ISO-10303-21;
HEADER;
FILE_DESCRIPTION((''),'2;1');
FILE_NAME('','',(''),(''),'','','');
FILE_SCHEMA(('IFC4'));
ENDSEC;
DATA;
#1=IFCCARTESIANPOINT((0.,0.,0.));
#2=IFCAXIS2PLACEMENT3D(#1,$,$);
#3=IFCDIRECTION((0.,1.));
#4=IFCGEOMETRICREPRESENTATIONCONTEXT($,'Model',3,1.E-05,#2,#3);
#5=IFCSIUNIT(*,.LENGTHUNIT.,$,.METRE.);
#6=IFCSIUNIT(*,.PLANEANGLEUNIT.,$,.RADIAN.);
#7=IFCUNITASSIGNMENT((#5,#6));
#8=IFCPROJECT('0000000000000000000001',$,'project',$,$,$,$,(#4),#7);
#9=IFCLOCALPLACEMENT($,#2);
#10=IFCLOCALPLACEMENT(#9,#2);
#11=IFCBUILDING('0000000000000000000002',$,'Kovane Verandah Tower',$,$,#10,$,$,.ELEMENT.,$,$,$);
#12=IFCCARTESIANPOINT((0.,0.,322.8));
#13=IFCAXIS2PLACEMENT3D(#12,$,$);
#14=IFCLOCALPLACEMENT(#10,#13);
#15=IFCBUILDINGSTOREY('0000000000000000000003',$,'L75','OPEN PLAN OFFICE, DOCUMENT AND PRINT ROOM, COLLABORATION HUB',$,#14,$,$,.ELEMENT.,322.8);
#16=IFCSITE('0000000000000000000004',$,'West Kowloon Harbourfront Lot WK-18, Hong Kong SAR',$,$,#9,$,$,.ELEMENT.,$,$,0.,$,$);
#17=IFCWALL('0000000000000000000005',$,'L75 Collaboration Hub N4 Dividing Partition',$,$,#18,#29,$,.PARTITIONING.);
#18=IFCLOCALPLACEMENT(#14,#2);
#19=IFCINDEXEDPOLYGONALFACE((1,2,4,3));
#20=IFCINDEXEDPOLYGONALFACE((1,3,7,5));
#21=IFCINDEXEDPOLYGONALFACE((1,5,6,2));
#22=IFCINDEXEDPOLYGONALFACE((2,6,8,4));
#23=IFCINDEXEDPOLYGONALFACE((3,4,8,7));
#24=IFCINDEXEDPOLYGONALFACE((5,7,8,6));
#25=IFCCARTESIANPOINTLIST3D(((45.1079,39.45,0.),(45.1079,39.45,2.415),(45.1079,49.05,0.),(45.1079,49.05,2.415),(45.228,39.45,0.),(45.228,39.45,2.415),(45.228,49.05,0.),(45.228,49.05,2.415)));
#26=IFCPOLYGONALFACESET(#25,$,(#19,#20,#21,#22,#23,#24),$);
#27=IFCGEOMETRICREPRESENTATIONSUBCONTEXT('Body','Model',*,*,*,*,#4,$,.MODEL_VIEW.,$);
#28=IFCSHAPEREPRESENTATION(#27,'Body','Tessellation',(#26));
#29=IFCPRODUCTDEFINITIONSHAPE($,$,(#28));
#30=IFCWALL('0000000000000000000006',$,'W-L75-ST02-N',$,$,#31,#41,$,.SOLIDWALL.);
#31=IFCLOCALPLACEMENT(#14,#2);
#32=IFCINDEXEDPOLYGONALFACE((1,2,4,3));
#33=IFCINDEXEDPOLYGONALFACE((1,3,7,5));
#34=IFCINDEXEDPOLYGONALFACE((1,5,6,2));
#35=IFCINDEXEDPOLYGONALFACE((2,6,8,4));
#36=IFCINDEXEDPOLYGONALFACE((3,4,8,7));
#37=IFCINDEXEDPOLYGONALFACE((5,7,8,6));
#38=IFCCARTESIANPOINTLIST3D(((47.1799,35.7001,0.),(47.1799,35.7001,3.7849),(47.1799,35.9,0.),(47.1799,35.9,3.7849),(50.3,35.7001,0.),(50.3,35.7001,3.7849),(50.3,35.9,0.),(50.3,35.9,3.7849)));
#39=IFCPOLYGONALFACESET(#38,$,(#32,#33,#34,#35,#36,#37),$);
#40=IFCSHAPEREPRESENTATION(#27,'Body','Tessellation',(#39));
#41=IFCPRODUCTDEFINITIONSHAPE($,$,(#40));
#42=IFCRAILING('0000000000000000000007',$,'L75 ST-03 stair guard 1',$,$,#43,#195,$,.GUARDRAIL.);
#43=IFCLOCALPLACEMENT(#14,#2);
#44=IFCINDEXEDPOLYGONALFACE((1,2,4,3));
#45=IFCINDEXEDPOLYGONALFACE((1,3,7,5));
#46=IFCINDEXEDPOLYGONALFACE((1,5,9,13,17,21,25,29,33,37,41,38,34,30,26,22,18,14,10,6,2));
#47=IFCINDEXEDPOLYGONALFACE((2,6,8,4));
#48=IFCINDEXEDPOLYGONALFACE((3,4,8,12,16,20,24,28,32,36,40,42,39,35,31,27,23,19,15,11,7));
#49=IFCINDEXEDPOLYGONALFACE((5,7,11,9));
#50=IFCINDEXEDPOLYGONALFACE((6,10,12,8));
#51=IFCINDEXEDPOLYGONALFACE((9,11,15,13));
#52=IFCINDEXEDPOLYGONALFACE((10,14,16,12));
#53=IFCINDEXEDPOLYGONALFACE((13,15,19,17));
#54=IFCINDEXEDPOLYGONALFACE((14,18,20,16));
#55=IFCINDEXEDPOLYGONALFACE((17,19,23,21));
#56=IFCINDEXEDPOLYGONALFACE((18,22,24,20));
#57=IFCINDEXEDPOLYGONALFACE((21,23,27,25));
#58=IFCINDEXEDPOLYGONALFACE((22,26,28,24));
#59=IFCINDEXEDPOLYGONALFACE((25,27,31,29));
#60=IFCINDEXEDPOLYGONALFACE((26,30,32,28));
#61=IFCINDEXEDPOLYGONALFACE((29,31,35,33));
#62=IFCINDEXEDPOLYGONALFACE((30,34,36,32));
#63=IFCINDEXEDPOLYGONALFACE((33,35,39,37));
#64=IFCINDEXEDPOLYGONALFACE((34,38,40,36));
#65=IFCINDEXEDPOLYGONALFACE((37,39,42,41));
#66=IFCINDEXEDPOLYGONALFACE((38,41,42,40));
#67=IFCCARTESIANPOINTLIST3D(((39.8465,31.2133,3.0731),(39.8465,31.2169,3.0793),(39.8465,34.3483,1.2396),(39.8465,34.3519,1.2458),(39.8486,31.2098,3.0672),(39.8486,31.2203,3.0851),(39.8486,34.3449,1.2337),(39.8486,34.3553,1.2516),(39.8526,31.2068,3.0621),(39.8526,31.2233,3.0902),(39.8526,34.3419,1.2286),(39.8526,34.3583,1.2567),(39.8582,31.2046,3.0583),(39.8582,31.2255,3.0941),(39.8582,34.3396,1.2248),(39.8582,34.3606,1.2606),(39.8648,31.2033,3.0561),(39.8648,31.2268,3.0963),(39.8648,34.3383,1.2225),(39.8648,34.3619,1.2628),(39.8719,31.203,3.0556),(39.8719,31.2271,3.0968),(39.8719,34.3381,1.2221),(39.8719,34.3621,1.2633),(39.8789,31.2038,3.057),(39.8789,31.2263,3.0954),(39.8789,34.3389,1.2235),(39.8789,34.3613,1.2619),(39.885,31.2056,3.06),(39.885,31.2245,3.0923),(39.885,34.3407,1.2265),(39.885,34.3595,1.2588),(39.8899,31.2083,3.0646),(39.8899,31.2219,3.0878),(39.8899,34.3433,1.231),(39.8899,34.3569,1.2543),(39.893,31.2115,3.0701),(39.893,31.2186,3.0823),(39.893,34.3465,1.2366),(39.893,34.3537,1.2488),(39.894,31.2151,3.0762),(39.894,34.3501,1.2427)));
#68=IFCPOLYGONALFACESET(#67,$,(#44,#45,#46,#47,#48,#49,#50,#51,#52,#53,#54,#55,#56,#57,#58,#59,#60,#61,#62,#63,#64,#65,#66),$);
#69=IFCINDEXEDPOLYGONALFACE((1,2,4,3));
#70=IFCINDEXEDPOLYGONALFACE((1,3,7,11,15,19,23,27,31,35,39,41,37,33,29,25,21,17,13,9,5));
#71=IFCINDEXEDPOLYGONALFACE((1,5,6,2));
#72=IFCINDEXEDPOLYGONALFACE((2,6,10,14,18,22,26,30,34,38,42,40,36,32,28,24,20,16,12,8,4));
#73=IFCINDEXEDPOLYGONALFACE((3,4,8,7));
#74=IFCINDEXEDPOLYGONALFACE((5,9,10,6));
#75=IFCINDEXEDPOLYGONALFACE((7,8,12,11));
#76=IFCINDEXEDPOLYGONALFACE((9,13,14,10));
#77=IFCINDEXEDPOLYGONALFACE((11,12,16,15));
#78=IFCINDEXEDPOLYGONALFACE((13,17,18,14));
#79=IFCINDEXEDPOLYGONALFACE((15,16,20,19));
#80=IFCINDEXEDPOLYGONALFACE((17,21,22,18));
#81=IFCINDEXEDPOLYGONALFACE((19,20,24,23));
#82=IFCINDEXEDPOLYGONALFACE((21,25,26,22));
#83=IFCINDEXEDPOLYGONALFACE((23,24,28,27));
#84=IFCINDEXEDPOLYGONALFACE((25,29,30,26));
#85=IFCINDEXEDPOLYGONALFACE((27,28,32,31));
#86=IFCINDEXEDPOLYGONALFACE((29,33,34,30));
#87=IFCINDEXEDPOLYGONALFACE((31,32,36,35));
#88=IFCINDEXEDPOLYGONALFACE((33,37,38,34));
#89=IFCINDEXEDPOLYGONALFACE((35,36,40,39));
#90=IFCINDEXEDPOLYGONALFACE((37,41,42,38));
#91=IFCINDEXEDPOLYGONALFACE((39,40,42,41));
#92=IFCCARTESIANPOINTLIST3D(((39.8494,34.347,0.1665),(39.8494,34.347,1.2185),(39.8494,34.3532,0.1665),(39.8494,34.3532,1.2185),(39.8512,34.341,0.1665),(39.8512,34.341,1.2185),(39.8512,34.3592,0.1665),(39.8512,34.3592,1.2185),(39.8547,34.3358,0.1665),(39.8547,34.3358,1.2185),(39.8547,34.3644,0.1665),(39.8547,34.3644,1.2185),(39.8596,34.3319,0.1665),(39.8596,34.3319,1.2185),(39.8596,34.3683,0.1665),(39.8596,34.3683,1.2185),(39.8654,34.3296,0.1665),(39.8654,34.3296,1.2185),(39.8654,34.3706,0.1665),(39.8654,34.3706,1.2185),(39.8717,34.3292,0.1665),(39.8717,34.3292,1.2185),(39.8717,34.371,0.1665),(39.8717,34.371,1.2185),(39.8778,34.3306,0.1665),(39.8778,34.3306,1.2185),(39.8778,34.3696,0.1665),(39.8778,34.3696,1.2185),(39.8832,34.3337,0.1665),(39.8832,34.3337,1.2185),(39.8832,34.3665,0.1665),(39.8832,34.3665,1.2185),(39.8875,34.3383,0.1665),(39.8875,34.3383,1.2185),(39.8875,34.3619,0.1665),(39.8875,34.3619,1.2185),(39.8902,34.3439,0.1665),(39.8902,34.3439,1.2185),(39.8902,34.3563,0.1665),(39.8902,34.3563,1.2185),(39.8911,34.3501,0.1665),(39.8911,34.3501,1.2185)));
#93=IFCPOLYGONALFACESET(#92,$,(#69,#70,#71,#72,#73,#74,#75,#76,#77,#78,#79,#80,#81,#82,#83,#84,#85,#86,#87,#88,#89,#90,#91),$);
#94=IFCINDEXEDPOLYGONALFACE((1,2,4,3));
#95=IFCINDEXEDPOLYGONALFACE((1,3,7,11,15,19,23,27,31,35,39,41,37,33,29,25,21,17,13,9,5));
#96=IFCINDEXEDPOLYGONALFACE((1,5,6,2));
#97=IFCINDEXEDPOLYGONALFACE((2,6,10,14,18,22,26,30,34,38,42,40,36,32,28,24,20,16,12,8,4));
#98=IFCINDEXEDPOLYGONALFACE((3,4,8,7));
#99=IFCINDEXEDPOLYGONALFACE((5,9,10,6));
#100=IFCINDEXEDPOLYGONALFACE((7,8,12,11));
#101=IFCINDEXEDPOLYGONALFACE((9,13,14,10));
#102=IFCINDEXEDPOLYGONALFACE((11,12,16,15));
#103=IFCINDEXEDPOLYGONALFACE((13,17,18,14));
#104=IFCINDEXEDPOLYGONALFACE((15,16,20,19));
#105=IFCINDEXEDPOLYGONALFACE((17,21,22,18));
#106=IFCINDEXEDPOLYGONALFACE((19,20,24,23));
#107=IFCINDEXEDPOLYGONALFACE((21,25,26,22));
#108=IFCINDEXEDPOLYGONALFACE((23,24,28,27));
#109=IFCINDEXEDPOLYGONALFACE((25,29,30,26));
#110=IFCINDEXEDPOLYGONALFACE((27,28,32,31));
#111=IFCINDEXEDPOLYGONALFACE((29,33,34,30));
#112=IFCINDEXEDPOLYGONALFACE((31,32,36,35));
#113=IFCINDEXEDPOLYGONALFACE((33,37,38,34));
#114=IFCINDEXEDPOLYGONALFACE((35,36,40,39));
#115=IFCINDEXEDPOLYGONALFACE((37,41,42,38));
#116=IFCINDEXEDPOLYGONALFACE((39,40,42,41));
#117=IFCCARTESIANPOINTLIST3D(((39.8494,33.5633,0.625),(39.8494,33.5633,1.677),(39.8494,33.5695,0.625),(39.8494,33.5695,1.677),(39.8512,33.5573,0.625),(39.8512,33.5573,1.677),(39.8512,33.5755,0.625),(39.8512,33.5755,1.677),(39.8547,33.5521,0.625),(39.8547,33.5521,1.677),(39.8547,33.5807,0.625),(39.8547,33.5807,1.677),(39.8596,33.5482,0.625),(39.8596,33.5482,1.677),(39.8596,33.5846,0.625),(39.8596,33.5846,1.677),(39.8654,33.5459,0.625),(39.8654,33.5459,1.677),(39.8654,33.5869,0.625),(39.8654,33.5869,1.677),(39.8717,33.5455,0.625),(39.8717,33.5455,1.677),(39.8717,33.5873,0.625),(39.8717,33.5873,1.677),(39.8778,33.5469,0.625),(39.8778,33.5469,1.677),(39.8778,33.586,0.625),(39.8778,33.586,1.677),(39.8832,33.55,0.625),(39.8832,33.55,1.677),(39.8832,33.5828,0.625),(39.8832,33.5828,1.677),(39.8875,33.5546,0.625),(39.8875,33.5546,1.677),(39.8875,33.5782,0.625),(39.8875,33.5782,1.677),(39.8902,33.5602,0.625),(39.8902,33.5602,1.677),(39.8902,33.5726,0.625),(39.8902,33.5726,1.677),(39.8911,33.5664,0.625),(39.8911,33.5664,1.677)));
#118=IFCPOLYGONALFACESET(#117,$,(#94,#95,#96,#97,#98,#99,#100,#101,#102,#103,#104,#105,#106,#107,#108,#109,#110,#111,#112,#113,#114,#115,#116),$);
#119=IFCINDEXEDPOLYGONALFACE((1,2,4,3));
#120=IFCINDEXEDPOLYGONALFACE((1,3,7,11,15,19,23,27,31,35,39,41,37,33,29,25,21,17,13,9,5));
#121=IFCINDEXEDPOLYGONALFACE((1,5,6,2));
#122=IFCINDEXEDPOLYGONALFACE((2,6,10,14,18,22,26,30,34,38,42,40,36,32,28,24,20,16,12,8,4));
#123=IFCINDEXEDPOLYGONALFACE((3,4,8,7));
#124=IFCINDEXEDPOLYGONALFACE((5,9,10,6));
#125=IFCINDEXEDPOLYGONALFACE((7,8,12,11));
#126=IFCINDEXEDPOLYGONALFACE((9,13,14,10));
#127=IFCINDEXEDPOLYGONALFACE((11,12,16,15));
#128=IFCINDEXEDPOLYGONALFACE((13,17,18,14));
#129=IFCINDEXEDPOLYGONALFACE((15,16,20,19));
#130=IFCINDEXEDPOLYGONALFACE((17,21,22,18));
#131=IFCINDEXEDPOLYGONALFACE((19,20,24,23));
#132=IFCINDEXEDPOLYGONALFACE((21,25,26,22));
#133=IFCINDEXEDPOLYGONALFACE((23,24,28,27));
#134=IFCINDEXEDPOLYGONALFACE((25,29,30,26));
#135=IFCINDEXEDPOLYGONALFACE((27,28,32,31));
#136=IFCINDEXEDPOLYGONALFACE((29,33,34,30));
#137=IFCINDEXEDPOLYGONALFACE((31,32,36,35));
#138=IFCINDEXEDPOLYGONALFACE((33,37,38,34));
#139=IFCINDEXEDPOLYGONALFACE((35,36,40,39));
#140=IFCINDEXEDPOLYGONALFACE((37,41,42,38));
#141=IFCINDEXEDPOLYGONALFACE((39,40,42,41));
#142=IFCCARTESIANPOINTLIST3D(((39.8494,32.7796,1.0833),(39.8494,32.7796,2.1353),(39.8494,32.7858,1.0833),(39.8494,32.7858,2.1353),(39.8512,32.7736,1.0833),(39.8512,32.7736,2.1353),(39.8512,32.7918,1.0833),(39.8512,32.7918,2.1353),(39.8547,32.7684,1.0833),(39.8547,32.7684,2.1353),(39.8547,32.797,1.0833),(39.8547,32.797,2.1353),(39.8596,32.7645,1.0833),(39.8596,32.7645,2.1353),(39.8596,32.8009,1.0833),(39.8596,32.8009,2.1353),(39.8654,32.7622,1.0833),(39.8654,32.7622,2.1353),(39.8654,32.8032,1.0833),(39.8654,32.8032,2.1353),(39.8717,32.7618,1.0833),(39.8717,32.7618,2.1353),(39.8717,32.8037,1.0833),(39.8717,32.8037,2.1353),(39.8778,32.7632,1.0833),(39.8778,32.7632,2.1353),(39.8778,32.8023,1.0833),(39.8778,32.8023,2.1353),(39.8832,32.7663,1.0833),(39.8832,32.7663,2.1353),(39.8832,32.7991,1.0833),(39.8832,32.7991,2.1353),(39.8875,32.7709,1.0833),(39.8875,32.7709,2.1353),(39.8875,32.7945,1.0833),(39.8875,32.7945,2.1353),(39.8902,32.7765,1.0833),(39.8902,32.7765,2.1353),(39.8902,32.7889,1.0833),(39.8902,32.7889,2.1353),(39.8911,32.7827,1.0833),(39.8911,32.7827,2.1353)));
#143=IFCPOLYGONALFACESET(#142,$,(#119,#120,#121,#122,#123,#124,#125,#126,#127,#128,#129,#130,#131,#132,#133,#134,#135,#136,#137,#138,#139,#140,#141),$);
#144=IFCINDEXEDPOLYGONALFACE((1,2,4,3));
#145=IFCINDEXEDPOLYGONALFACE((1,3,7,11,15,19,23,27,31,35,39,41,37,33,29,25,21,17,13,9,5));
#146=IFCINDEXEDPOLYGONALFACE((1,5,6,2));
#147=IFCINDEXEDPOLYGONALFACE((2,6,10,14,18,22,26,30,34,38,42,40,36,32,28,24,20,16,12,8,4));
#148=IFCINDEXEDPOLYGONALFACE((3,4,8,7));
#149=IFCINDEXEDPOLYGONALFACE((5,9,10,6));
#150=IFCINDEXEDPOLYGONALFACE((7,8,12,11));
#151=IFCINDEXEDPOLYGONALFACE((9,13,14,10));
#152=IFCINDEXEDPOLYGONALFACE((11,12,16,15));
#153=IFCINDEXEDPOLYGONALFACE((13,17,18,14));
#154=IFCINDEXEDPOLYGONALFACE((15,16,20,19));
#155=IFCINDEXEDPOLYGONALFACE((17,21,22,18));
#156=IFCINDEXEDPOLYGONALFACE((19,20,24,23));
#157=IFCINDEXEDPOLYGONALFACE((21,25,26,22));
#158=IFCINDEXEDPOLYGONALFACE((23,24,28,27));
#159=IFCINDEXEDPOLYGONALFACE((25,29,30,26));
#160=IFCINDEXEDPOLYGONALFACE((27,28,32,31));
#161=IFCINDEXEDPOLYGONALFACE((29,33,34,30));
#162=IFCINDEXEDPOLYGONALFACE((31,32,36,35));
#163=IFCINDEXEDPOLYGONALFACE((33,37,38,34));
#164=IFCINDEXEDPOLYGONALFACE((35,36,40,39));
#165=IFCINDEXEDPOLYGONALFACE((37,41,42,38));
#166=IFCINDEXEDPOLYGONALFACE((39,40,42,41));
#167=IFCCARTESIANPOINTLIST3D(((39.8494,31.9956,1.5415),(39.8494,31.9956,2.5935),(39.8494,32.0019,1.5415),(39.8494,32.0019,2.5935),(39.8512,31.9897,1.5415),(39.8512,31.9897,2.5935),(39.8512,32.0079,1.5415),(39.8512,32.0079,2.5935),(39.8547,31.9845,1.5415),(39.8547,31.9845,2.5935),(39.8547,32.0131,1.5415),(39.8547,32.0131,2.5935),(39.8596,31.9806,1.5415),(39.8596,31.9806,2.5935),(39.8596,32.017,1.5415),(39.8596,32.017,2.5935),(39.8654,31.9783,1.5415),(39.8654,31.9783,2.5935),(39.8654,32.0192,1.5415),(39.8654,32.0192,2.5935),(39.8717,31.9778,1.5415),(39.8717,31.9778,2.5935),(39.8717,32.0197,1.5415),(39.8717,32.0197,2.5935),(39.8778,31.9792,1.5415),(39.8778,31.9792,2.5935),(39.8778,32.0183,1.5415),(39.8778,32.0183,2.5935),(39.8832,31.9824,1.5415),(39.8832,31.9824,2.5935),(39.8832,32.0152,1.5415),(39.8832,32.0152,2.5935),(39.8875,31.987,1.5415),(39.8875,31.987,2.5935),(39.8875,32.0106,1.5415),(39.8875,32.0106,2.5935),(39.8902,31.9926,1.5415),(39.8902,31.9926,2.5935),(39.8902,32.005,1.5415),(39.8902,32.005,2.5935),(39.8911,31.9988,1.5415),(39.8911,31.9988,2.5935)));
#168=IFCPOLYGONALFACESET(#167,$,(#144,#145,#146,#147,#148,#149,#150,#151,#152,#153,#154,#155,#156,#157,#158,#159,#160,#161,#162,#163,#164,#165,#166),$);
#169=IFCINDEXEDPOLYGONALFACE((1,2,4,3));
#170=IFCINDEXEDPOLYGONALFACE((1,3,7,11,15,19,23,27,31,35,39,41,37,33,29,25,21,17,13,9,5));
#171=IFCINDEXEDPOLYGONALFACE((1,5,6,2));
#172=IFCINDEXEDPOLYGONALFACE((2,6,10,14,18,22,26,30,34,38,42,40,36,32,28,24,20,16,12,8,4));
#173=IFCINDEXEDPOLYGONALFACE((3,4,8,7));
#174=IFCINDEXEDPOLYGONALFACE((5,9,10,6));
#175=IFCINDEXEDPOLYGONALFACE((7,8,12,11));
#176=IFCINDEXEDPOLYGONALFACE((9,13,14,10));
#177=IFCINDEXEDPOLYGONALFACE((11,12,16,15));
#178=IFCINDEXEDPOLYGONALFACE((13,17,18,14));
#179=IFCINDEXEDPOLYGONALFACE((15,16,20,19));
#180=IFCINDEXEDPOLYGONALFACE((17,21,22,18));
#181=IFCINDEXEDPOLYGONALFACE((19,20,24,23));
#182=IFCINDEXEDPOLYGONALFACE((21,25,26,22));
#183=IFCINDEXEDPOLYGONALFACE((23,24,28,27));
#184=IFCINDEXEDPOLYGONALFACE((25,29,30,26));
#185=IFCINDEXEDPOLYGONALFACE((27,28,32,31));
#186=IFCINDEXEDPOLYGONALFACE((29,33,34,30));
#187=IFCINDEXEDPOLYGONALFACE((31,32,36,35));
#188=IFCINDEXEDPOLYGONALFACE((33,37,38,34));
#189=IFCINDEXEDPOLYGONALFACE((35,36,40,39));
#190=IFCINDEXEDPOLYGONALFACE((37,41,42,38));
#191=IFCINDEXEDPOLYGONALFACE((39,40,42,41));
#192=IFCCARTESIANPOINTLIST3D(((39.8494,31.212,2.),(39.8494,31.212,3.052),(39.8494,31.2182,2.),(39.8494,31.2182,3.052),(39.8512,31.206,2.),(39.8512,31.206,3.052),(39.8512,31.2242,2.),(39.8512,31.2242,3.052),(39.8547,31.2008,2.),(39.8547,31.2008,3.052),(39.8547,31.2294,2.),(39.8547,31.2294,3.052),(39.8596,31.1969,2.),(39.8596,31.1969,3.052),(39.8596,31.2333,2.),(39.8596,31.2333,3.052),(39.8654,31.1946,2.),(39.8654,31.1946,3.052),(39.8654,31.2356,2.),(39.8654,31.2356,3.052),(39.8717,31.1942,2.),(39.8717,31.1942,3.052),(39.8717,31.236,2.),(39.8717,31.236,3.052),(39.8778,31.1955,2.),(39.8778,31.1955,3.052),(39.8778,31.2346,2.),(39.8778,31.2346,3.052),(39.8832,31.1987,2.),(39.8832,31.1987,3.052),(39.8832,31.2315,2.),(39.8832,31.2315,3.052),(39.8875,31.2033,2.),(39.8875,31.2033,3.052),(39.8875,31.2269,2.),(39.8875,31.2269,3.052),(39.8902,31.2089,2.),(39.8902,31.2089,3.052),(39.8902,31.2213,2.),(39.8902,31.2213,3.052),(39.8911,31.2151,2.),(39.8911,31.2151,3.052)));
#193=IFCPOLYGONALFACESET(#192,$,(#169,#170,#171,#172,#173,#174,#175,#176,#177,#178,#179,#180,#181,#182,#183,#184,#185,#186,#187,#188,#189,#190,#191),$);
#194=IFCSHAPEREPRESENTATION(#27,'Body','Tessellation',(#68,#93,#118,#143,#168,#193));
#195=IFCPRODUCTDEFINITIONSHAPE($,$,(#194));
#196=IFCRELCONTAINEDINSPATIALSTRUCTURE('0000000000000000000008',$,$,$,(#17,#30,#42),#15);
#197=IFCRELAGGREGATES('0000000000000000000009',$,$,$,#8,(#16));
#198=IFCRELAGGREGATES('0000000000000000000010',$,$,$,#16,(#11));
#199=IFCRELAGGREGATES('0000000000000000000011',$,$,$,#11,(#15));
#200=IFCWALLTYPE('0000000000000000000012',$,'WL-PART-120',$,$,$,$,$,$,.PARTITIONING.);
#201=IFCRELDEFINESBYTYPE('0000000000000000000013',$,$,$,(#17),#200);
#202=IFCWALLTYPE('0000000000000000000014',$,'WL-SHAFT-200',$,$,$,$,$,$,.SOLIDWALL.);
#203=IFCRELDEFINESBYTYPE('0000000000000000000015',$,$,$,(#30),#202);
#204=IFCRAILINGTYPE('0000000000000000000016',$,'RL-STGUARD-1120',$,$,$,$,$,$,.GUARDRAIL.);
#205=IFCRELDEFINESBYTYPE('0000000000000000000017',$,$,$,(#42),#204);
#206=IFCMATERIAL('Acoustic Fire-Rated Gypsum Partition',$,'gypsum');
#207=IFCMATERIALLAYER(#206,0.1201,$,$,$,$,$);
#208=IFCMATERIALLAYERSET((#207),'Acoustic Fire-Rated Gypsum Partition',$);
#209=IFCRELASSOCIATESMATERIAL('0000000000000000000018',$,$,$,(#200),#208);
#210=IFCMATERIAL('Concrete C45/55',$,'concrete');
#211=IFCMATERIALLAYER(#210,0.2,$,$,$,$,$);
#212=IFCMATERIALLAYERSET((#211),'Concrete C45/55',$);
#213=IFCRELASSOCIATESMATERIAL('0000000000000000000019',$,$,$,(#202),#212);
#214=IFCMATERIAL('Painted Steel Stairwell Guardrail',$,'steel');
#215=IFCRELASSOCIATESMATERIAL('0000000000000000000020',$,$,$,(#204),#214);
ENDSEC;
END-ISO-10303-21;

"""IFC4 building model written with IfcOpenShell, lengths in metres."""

from ifc_helpers import new_model, si_unit, direction, frame, frame_2d, origin, origin_2d, place, context, subcontext, project, spatial, rectangle, circle, extrude, material, layer, layer_set, type_object, element, save


model = new_model("IFC4")

# Units and contexts
model_context = context("Model", 3, precision=1e-05, world=origin(), true_north=direction((0.0, 1.0)))
body_context = subcontext(model_context, "Body", "Model", "MODEL_VIEW")
ifc_project = project(units=[si_unit("LENGTHUNIT", "METRE"), si_unit("PLANEANGLEUNIT", "RADIAN")], contexts=[model_context])

# Site, building, storey
site_placement = place(None, origin())
site = spatial("IfcSite", under=ifc_project, at=site_placement, Name="West Kowloon Harbourfront Lot WK-18, Hong Kong SAR", CompositionType="ELEMENT", RefElevation=0.0)
building_placement = place(site_placement, origin())
building = spatial("IfcBuilding", under=site, at=building_placement, Name="Kovane Verandah Tower", CompositionType="ELEMENT")
storey_placement = place(building_placement, frame((0.0, 0.0, 322.8)))
storey = spatial("IfcBuildingStorey", under=building, at=storey_placement, Name="L75", Description="OPEN PLAN OFFICE, DOCUMENT AND PRINT ROOM, COLLABORATION HUB", CompositionType="ELEMENT", Elevation=322.8)

# Walls
ifc_material_1 = material(Name="Acoustic Fire-Rated Gypsum Partition", Category="gypsum")
ifc_layer_1 = layer(ifc_material_1, 0.1201)
ifc_layer_set_1 = layer_set([ifc_layer_1], Name="Acoustic Fire-Rated Gypsum Partition")
wall_type_1 = type_object("IfcWallType", Name="WL-PART-120", PredefinedType="PARTITIONING", material=ifc_layer_set_1)
for number, where, z_axis, x_axis, name in (
    (1, (45.168, 39.45, 0.0), (0.0, 0.0, 1.0), (0.0, 1.0, 0.0), "L75 Collaboration Hub N4 Dividing Partition"),
):
    element("IfcWall", number, at=place(storey_placement, frame(where, z_axis=z_axis, x_axis=x_axis)), inside=storey, type_object=wall_type_1, Name=name, PredefinedType="PARTITIONING", context=body_context, shape_type="SweptSolid", body=[
        extrude(rectangle(XDim=9.6001, YDim=0.1201, at=frame_2d((4.8, 0.0))), origin(), (0.0, 0.0, 1.0), 2.415),
    ])
ifc_material_2 = material(Name="Concrete C45/55", Category="concrete")
ifc_layer_2 = layer(ifc_material_2, 0.2)
ifc_layer_set_2 = layer_set([ifc_layer_2], Name="Concrete C45/55")
wall_type_2 = type_object("IfcWallType", Name="WL-SHAFT-200", PredefinedType="SOLIDWALL", material=ifc_layer_set_2)
wall_1_placement = place(storey_placement, frame((47.1799, 35.8, 0.0), z_axis=(0.0, 0.0, 1.0), x_axis=(1.0, 0.0, 0.0)))
element("IfcWall", 2, at=wall_1_placement, inside=storey, type_object=wall_type_2, Name="W-L75-ST02-N", PredefinedType="SOLIDWALL", context=body_context, shape_type="SweptSolid", body=[
    extrude(rectangle(XDim=3.1201, YDim=0.2, at=frame_2d((1.5601, 0.0))), origin(), (0.0, 0.0, 1.0), 3.7849),
])

# Railing
ifc_material_3 = material(Name="Painted Steel Stairwell Guardrail", Category="steel")
railing_type = type_object("IfcRailingType", Name="RL-STGUARD-1120", PredefinedType="GUARDRAIL", material=ifc_material_3)
railing_1_placement = place(storey_placement, frame((39.8701, 34.3501, 0.1665)))
element("IfcRailing", 3, at=railing_1_placement, inside=storey, type_object=railing_type, Name="L75 ST-03 stair guard 1", PredefinedType="GUARDRAIL", context=body_context, shape_type="SweptSolid", body=[
    extrude(circle(Radius=0.0239, at=origin_2d()), frame((0.0, 0.0, 1.0762), z_axis=(0.0, -0.86321, 0.504845), x_axis=(1.0, 0.0, 0.0)), (0.0, 0.0, 1.0), 3.6318),
    extrude(circle(Radius=0.021, at=origin_2d()), origin(), (0.0, 0.0, 1.0), 1.052),
    extrude(circle(Radius=0.021, at=origin_2d()), frame((0.0, -0.7837, 0.4585)), (0.0, 0.0, 1.0), 1.052),
    extrude(circle(Radius=0.021, at=origin_2d()), frame((0.0, -1.5674, 0.9167)), (0.0, 0.0, 1.0), 1.052),
    extrude(circle(Radius=0.021, at=origin_2d()), frame((0.0, -2.3513, 1.375)), (0.0, 0.0, 1.0), 1.052),
    extrude(circle(Radius=0.021, at=origin_2d()), frame((0.0, -3.135, 1.8335)), (0.0, 0.0, 1.0), 1.052),
])

save(model, "model.ifc")
